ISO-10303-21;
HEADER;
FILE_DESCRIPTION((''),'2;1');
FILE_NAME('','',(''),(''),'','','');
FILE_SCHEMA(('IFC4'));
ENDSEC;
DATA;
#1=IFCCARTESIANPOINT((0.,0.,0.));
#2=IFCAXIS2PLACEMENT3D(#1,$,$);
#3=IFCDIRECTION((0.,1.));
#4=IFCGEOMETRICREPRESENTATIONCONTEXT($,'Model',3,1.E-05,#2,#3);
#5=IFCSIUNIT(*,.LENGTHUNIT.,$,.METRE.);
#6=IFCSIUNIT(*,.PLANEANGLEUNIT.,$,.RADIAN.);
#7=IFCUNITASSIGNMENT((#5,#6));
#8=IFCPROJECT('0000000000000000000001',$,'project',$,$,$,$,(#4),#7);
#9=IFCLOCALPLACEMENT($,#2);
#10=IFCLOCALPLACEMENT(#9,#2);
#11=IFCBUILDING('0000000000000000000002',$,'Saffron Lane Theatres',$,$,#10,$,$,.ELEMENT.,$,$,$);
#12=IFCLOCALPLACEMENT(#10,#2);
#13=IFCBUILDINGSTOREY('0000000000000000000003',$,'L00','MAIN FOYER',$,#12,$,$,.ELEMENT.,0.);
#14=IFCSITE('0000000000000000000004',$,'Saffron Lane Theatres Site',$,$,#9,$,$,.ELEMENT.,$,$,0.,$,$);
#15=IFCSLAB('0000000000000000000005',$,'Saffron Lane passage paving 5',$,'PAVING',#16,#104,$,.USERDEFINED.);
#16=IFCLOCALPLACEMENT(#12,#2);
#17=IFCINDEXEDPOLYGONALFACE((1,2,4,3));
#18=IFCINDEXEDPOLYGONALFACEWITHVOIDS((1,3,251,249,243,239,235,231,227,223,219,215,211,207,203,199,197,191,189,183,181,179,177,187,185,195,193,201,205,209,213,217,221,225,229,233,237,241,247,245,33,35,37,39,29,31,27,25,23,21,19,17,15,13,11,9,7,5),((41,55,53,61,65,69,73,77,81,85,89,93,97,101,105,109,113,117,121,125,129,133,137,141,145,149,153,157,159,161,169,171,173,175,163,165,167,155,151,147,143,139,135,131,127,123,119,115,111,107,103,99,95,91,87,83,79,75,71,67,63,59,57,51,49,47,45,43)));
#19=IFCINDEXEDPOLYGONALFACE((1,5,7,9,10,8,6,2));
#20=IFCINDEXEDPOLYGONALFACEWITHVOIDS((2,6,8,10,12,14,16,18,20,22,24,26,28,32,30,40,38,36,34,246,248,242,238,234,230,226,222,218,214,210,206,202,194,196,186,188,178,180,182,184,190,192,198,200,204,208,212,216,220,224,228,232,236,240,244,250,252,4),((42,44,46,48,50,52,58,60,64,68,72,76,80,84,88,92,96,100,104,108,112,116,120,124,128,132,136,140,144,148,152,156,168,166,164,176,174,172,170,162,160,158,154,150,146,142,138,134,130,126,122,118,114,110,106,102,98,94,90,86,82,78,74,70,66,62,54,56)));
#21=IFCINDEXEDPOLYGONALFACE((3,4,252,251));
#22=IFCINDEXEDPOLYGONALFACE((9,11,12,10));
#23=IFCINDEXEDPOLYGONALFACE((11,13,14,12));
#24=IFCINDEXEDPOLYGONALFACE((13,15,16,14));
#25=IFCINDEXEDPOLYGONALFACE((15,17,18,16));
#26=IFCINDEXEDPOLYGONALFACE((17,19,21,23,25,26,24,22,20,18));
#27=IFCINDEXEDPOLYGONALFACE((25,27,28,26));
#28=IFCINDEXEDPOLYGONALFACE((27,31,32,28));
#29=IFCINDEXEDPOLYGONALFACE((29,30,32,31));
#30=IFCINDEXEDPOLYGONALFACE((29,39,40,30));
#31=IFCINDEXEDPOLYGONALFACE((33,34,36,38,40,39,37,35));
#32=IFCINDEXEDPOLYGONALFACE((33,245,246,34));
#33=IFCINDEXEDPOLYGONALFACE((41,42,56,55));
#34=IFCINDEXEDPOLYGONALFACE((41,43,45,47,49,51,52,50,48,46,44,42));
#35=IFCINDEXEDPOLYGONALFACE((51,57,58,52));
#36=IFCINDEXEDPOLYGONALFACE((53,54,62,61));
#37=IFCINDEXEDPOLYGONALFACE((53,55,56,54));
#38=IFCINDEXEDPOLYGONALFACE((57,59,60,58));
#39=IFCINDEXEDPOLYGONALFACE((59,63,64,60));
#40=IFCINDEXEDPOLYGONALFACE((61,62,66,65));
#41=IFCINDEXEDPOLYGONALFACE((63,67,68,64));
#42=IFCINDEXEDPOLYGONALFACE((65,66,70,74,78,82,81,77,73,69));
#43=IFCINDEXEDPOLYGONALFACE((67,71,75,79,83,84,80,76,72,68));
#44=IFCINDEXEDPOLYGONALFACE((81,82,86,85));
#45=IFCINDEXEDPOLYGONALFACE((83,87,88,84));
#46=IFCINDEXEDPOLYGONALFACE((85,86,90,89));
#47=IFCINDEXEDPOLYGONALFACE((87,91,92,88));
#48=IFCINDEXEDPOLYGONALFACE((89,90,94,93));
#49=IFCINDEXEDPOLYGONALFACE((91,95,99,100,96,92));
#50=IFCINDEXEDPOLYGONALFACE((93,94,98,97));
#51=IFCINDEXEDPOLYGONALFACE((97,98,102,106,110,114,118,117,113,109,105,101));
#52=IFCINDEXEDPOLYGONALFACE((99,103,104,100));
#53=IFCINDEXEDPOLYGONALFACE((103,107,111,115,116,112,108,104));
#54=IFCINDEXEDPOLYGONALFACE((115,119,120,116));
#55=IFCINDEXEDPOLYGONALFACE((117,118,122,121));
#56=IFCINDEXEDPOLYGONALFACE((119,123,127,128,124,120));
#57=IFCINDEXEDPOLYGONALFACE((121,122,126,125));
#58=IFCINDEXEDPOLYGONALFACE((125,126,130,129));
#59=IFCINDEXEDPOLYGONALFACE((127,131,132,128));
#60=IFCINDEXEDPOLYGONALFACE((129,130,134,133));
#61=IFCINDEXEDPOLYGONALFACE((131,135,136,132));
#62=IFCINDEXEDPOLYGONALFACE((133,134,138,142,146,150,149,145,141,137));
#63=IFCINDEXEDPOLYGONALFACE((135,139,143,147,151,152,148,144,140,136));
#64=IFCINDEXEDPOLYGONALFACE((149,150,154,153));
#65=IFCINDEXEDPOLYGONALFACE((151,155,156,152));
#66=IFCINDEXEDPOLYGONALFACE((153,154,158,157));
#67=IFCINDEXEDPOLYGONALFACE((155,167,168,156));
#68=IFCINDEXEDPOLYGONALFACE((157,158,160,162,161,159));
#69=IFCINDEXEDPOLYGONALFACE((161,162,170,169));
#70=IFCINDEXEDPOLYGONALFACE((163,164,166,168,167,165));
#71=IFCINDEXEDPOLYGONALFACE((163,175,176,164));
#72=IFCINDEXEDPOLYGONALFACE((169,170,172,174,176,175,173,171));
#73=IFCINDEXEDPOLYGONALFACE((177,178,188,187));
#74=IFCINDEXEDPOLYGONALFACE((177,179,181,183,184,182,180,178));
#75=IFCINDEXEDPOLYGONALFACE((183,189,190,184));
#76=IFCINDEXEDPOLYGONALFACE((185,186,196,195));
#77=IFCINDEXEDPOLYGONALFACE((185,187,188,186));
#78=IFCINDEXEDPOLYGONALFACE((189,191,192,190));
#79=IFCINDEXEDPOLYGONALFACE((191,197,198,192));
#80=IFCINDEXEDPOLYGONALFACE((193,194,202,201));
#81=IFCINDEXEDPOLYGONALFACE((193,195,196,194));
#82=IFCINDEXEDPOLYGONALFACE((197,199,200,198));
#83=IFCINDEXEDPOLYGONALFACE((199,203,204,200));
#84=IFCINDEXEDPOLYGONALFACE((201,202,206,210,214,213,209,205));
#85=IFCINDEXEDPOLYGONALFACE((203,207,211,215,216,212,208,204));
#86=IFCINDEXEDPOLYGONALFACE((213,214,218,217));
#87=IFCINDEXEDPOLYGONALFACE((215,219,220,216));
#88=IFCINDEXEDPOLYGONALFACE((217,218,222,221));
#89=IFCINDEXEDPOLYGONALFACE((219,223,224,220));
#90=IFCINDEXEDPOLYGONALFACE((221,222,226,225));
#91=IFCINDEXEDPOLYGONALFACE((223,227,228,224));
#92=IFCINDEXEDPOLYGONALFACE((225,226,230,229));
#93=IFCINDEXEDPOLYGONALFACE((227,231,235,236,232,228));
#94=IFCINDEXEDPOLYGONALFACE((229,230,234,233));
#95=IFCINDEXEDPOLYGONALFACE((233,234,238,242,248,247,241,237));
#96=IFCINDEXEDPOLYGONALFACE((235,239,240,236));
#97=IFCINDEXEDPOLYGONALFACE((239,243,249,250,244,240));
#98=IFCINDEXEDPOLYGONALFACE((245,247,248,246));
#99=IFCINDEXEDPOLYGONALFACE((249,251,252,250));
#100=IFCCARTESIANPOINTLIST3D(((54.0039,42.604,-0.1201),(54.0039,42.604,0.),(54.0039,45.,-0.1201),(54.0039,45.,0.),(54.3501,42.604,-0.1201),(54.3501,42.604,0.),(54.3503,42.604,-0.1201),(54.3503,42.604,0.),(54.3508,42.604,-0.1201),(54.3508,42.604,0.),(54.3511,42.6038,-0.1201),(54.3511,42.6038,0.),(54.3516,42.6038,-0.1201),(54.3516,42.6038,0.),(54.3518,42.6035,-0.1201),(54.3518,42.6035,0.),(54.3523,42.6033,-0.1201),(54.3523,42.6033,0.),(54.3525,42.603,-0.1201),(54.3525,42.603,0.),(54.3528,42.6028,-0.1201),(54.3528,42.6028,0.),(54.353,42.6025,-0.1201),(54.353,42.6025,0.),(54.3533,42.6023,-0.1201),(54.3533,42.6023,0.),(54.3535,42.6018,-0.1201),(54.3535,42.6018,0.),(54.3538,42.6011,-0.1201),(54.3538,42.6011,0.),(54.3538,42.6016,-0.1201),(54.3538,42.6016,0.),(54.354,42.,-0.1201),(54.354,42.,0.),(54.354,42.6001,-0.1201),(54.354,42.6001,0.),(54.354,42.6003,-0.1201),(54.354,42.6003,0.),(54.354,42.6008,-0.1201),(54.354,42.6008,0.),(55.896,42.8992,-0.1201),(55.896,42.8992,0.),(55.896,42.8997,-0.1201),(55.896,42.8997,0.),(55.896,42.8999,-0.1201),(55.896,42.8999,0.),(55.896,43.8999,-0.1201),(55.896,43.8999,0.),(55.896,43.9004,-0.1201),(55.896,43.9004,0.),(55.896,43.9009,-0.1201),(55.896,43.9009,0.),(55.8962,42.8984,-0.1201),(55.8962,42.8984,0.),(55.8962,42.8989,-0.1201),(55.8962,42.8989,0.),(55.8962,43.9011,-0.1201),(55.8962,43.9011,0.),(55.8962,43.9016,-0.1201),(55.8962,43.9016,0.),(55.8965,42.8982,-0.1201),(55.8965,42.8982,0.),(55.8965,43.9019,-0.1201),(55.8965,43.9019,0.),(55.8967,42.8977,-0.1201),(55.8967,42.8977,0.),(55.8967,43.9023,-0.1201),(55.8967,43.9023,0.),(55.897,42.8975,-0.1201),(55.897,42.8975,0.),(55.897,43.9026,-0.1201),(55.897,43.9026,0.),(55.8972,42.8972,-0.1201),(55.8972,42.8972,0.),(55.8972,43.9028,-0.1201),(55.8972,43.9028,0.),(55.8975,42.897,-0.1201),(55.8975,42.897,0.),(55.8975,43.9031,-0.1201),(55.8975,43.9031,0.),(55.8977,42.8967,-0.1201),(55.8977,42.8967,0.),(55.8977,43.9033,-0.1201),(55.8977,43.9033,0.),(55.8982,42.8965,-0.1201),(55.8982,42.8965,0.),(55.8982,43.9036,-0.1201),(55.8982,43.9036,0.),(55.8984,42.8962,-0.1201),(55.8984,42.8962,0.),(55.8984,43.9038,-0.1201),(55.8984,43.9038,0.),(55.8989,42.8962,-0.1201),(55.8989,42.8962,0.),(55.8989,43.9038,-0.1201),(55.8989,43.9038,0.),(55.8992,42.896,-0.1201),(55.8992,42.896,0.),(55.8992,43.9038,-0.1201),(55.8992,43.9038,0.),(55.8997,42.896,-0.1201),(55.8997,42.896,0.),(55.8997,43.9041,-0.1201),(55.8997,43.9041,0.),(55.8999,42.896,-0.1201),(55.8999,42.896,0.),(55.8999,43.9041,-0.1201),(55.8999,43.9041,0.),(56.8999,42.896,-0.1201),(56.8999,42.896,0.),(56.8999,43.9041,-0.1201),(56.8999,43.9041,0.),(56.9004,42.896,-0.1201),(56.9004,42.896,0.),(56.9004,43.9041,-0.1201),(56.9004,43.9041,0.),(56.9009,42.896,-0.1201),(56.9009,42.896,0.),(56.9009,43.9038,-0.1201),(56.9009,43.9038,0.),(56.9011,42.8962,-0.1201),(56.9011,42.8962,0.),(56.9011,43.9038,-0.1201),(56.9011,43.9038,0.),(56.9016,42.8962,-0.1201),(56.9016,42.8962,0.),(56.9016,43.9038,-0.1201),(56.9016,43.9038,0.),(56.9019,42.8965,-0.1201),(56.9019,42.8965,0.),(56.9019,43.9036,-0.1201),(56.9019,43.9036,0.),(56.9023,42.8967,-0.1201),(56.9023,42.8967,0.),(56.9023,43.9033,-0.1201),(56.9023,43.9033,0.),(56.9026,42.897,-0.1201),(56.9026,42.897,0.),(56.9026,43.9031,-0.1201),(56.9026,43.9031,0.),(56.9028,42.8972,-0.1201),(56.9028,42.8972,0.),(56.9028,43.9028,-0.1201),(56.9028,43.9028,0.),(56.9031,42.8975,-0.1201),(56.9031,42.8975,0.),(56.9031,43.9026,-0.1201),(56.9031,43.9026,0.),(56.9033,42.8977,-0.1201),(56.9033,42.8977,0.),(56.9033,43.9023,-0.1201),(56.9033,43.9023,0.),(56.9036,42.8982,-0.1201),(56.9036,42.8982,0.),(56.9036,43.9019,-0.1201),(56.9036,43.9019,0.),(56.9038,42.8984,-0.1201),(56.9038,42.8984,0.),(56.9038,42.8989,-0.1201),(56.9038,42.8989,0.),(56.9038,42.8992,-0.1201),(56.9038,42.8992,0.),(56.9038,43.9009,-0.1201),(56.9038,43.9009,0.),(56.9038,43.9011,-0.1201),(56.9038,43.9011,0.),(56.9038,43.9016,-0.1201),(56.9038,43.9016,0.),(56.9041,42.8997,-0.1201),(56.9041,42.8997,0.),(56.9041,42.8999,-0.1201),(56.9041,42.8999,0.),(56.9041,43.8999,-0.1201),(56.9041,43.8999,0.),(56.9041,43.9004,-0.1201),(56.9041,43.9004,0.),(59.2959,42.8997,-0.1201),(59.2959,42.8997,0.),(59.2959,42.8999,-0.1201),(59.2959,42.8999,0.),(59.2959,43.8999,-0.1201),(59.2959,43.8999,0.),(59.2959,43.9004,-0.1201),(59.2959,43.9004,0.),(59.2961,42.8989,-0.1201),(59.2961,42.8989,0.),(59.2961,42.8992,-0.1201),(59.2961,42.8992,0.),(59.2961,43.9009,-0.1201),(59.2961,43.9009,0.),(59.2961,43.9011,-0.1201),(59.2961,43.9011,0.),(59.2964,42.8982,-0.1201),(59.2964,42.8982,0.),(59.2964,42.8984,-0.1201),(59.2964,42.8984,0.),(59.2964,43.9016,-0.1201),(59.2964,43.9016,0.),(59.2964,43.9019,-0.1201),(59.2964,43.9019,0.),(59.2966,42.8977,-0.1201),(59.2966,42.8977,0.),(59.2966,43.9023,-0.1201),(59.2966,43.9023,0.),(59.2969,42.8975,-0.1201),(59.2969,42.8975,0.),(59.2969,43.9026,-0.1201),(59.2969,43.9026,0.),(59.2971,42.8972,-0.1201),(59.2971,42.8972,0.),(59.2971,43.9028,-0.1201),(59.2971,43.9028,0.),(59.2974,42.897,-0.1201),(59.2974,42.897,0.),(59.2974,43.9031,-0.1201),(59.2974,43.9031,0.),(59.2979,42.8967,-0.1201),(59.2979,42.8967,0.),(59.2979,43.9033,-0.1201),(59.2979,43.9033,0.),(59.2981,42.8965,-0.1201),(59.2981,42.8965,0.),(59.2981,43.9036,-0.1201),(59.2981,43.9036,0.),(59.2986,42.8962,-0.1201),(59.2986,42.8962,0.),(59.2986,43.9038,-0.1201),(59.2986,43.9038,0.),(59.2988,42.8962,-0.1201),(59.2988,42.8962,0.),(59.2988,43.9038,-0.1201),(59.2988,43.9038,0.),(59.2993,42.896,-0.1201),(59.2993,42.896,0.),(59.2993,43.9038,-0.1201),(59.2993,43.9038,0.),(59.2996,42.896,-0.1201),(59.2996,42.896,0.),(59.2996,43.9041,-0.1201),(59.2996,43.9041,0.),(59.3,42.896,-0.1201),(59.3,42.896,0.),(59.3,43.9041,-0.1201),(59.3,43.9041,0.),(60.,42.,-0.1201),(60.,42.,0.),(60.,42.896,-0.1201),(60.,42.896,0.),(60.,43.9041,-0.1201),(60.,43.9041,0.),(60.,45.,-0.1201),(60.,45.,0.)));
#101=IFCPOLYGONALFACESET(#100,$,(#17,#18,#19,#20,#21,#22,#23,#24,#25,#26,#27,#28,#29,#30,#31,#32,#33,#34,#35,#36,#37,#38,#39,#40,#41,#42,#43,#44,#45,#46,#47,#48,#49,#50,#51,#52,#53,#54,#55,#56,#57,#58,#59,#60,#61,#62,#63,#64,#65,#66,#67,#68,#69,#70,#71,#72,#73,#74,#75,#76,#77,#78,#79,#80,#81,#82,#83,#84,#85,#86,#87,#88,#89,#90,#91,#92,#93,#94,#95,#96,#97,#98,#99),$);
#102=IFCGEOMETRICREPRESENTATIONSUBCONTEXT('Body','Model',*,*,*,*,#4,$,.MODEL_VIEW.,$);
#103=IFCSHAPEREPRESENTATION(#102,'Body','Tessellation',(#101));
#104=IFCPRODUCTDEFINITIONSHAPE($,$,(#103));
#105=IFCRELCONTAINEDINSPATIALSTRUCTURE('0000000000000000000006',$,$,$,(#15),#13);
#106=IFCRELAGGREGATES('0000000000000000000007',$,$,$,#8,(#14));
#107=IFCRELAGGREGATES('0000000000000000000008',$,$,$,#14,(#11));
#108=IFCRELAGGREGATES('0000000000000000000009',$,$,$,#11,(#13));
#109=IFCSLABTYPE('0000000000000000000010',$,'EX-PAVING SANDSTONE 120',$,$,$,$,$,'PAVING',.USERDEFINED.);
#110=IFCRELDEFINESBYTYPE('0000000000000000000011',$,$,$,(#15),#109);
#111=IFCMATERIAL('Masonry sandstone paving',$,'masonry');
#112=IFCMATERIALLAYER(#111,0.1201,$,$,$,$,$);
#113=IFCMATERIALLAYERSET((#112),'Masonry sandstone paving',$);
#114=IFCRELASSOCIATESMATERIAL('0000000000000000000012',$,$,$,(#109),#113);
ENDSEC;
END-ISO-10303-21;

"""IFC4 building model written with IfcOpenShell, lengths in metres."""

from ifc_helpers import new_model, si_unit, direction, frame, origin, place, context, subcontext, project, spatial, polyline, outline, extrude, material, layer, layer_set, type_object, element, save


model = new_model("IFC4")

# Units and contexts
model_context = context("Model", 3, precision=1e-05, world=origin(), true_north=direction((0.0, 1.0)))
body_context = subcontext(model_context, "Body", "Model", "MODEL_VIEW")
ifc_project = project(units=[si_unit("LENGTHUNIT", "METRE"), si_unit("PLANEANGLEUNIT", "RADIAN")], contexts=[model_context])

# Site, building, storey
site_placement = place(None, origin())
site = spatial("IfcSite", under=ifc_project, at=site_placement, Name="Saffron Lane Theatres Site", CompositionType="ELEMENT", RefElevation=0.0)
building_placement = place(site_placement, origin())
building = spatial("IfcBuilding", under=site, at=building_placement, Name="Saffron Lane Theatres", CompositionType="ELEMENT")
storey_placement = place(building_placement, origin())
storey = spatial("IfcBuildingStorey", under=building, at=storey_placement, Name="L00", Description="MAIN FOYER", CompositionType="ELEMENT", Elevation=0.0)

# Slab
ifc_material_1 = material(Name="Masonry sandstone paving", Category="masonry")
ifc_layer_1 = layer(ifc_material_1, 0.1201)
ifc_layer_set_1 = layer_set([ifc_layer_1], Name="Masonry sandstone paving")
slab_type_1 = type_object("IfcSlabType", Name="EX-PAVING SANDSTONE 120", ElementType="PAVING", PredefinedType="USERDEFINED", material=ifc_layer_set_1)
slab_1_placement = place(storey_placement, frame((0.0, 0.0, -0.1201)))
element("IfcSlab", 1, at=slab_1_placement, inside=storey, type_object=slab_type_1, Name="Saffron Lane passage paving 5", ObjectType="PAVING", PredefinedType="USERDEFINED", context=body_context, shape_type="SweptSolid", body=[
    extrude(outline(polyline([(60.0, 43.9041), (60.0, 45.0), (54.0039, 45.0), (54.0039, 42.604), (54.3501, 42.604), (54.3503, 42.604), (54.3508, 42.604), (54.3511, 42.6038), (54.3516, 42.6038), (54.3518, 42.6035), (54.3523, 42.6033), (54.3525, 42.603), (54.3528, 42.6028), (54.353, 42.6025), (54.3533, 42.6023), (54.3535, 42.6018), (54.3538, 42.6016), (54.3538, 42.6011), (54.354, 42.6008), (54.354, 42.6003), (54.354, 42.6001), (54.354, 42.0), (60.0, 42.0), (60.0, 42.896), (59.3, 42.896), (59.2996, 42.896), (59.2993, 42.896), (59.2988, 42.8962), (59.2986, 42.8962), (59.2981, 42.8965), (59.2979, 42.8967), (59.2974, 42.897), (59.2971, 42.8972), (59.2969, 42.8975), (59.2966, 42.8977), (59.2964, 42.8982), (59.2964, 42.8984), (59.2961, 42.8989), (59.2961, 42.8992), (59.2959, 42.8997), (59.2959, 42.8999), (59.2959, 43.8999), (59.2959, 43.9004), (59.2961, 43.9009), (59.2961, 43.9011), (59.2964, 43.9016), (59.2964, 43.9019), (59.2966, 43.9023), (59.2969, 43.9026), (59.2971, 43.9028), (59.2974, 43.9031), (59.2979, 43.9033), (59.2981, 43.9036), (59.2986, 43.9038), (59.2988, 43.9038), (59.2993, 43.9038), (59.2996, 43.9041), (59.3, 43.9041), (60.0, 43.9041)]), holes=[polyline([(55.896, 43.9009), (55.8962, 43.9011), (55.8962, 43.9016), (55.8965, 43.9019), (55.8967, 43.9023), (55.897, 43.9026), (55.8972, 43.9028), (55.8975, 43.9031), (55.8977, 43.9033), (55.8982, 43.9036), (55.8984, 43.9038), (55.8989, 43.9038), (55.8992, 43.9038), (55.8997, 43.9041), (55.8999, 43.9041), (56.8999, 43.9041), (56.9004, 43.9041), (56.9009, 43.9038), (56.9011, 43.9038), (56.9016, 43.9038), (56.9019, 43.9036), (56.9023, 43.9033), (56.9026, 43.9031), (56.9028, 43.9028), (56.9031, 43.9026), (56.9033, 43.9023), (56.9036, 43.9019), (56.9038, 43.9016), (56.9038, 43.9011), (56.9038, 43.9009), (56.9041, 43.9004), (56.9041, 43.8999), (56.9041, 42.8999), (56.9041, 42.8997), (56.9038, 42.8992), (56.9038, 42.8989), (56.9038, 42.8984), (56.9036, 42.8982), (56.9033, 42.8977), (56.9031, 42.8975), (56.9028, 42.8972), (56.9026, 42.897), (56.9023, 42.8967), (56.9019, 42.8965), (56.9016, 42.8962), (56.9011, 42.8962), (56.9009, 42.896), (56.9004, 42.896), (56.8999, 42.896), (55.8999, 42.896), (55.8997, 42.896), (55.8992, 42.896), (55.8989, 42.8962), (55.8984, 42.8962), (55.8982, 42.8965), (55.8977, 42.8967), (55.8975, 42.897), (55.8972, 42.8972), (55.897, 42.8975), (55.8967, 42.8977), (55.8965, 42.8982), (55.8962, 42.8984), (55.8962, 42.8989), (55.896, 42.8992), (55.896, 42.8997), (55.896, 42.8999), (55.896, 43.8999), (55.896, 43.9004), (55.896, 43.9009)])]), origin(), (0.0, 0.0, 1.0), 0.1201),
])

save(model, "model.ifc")
